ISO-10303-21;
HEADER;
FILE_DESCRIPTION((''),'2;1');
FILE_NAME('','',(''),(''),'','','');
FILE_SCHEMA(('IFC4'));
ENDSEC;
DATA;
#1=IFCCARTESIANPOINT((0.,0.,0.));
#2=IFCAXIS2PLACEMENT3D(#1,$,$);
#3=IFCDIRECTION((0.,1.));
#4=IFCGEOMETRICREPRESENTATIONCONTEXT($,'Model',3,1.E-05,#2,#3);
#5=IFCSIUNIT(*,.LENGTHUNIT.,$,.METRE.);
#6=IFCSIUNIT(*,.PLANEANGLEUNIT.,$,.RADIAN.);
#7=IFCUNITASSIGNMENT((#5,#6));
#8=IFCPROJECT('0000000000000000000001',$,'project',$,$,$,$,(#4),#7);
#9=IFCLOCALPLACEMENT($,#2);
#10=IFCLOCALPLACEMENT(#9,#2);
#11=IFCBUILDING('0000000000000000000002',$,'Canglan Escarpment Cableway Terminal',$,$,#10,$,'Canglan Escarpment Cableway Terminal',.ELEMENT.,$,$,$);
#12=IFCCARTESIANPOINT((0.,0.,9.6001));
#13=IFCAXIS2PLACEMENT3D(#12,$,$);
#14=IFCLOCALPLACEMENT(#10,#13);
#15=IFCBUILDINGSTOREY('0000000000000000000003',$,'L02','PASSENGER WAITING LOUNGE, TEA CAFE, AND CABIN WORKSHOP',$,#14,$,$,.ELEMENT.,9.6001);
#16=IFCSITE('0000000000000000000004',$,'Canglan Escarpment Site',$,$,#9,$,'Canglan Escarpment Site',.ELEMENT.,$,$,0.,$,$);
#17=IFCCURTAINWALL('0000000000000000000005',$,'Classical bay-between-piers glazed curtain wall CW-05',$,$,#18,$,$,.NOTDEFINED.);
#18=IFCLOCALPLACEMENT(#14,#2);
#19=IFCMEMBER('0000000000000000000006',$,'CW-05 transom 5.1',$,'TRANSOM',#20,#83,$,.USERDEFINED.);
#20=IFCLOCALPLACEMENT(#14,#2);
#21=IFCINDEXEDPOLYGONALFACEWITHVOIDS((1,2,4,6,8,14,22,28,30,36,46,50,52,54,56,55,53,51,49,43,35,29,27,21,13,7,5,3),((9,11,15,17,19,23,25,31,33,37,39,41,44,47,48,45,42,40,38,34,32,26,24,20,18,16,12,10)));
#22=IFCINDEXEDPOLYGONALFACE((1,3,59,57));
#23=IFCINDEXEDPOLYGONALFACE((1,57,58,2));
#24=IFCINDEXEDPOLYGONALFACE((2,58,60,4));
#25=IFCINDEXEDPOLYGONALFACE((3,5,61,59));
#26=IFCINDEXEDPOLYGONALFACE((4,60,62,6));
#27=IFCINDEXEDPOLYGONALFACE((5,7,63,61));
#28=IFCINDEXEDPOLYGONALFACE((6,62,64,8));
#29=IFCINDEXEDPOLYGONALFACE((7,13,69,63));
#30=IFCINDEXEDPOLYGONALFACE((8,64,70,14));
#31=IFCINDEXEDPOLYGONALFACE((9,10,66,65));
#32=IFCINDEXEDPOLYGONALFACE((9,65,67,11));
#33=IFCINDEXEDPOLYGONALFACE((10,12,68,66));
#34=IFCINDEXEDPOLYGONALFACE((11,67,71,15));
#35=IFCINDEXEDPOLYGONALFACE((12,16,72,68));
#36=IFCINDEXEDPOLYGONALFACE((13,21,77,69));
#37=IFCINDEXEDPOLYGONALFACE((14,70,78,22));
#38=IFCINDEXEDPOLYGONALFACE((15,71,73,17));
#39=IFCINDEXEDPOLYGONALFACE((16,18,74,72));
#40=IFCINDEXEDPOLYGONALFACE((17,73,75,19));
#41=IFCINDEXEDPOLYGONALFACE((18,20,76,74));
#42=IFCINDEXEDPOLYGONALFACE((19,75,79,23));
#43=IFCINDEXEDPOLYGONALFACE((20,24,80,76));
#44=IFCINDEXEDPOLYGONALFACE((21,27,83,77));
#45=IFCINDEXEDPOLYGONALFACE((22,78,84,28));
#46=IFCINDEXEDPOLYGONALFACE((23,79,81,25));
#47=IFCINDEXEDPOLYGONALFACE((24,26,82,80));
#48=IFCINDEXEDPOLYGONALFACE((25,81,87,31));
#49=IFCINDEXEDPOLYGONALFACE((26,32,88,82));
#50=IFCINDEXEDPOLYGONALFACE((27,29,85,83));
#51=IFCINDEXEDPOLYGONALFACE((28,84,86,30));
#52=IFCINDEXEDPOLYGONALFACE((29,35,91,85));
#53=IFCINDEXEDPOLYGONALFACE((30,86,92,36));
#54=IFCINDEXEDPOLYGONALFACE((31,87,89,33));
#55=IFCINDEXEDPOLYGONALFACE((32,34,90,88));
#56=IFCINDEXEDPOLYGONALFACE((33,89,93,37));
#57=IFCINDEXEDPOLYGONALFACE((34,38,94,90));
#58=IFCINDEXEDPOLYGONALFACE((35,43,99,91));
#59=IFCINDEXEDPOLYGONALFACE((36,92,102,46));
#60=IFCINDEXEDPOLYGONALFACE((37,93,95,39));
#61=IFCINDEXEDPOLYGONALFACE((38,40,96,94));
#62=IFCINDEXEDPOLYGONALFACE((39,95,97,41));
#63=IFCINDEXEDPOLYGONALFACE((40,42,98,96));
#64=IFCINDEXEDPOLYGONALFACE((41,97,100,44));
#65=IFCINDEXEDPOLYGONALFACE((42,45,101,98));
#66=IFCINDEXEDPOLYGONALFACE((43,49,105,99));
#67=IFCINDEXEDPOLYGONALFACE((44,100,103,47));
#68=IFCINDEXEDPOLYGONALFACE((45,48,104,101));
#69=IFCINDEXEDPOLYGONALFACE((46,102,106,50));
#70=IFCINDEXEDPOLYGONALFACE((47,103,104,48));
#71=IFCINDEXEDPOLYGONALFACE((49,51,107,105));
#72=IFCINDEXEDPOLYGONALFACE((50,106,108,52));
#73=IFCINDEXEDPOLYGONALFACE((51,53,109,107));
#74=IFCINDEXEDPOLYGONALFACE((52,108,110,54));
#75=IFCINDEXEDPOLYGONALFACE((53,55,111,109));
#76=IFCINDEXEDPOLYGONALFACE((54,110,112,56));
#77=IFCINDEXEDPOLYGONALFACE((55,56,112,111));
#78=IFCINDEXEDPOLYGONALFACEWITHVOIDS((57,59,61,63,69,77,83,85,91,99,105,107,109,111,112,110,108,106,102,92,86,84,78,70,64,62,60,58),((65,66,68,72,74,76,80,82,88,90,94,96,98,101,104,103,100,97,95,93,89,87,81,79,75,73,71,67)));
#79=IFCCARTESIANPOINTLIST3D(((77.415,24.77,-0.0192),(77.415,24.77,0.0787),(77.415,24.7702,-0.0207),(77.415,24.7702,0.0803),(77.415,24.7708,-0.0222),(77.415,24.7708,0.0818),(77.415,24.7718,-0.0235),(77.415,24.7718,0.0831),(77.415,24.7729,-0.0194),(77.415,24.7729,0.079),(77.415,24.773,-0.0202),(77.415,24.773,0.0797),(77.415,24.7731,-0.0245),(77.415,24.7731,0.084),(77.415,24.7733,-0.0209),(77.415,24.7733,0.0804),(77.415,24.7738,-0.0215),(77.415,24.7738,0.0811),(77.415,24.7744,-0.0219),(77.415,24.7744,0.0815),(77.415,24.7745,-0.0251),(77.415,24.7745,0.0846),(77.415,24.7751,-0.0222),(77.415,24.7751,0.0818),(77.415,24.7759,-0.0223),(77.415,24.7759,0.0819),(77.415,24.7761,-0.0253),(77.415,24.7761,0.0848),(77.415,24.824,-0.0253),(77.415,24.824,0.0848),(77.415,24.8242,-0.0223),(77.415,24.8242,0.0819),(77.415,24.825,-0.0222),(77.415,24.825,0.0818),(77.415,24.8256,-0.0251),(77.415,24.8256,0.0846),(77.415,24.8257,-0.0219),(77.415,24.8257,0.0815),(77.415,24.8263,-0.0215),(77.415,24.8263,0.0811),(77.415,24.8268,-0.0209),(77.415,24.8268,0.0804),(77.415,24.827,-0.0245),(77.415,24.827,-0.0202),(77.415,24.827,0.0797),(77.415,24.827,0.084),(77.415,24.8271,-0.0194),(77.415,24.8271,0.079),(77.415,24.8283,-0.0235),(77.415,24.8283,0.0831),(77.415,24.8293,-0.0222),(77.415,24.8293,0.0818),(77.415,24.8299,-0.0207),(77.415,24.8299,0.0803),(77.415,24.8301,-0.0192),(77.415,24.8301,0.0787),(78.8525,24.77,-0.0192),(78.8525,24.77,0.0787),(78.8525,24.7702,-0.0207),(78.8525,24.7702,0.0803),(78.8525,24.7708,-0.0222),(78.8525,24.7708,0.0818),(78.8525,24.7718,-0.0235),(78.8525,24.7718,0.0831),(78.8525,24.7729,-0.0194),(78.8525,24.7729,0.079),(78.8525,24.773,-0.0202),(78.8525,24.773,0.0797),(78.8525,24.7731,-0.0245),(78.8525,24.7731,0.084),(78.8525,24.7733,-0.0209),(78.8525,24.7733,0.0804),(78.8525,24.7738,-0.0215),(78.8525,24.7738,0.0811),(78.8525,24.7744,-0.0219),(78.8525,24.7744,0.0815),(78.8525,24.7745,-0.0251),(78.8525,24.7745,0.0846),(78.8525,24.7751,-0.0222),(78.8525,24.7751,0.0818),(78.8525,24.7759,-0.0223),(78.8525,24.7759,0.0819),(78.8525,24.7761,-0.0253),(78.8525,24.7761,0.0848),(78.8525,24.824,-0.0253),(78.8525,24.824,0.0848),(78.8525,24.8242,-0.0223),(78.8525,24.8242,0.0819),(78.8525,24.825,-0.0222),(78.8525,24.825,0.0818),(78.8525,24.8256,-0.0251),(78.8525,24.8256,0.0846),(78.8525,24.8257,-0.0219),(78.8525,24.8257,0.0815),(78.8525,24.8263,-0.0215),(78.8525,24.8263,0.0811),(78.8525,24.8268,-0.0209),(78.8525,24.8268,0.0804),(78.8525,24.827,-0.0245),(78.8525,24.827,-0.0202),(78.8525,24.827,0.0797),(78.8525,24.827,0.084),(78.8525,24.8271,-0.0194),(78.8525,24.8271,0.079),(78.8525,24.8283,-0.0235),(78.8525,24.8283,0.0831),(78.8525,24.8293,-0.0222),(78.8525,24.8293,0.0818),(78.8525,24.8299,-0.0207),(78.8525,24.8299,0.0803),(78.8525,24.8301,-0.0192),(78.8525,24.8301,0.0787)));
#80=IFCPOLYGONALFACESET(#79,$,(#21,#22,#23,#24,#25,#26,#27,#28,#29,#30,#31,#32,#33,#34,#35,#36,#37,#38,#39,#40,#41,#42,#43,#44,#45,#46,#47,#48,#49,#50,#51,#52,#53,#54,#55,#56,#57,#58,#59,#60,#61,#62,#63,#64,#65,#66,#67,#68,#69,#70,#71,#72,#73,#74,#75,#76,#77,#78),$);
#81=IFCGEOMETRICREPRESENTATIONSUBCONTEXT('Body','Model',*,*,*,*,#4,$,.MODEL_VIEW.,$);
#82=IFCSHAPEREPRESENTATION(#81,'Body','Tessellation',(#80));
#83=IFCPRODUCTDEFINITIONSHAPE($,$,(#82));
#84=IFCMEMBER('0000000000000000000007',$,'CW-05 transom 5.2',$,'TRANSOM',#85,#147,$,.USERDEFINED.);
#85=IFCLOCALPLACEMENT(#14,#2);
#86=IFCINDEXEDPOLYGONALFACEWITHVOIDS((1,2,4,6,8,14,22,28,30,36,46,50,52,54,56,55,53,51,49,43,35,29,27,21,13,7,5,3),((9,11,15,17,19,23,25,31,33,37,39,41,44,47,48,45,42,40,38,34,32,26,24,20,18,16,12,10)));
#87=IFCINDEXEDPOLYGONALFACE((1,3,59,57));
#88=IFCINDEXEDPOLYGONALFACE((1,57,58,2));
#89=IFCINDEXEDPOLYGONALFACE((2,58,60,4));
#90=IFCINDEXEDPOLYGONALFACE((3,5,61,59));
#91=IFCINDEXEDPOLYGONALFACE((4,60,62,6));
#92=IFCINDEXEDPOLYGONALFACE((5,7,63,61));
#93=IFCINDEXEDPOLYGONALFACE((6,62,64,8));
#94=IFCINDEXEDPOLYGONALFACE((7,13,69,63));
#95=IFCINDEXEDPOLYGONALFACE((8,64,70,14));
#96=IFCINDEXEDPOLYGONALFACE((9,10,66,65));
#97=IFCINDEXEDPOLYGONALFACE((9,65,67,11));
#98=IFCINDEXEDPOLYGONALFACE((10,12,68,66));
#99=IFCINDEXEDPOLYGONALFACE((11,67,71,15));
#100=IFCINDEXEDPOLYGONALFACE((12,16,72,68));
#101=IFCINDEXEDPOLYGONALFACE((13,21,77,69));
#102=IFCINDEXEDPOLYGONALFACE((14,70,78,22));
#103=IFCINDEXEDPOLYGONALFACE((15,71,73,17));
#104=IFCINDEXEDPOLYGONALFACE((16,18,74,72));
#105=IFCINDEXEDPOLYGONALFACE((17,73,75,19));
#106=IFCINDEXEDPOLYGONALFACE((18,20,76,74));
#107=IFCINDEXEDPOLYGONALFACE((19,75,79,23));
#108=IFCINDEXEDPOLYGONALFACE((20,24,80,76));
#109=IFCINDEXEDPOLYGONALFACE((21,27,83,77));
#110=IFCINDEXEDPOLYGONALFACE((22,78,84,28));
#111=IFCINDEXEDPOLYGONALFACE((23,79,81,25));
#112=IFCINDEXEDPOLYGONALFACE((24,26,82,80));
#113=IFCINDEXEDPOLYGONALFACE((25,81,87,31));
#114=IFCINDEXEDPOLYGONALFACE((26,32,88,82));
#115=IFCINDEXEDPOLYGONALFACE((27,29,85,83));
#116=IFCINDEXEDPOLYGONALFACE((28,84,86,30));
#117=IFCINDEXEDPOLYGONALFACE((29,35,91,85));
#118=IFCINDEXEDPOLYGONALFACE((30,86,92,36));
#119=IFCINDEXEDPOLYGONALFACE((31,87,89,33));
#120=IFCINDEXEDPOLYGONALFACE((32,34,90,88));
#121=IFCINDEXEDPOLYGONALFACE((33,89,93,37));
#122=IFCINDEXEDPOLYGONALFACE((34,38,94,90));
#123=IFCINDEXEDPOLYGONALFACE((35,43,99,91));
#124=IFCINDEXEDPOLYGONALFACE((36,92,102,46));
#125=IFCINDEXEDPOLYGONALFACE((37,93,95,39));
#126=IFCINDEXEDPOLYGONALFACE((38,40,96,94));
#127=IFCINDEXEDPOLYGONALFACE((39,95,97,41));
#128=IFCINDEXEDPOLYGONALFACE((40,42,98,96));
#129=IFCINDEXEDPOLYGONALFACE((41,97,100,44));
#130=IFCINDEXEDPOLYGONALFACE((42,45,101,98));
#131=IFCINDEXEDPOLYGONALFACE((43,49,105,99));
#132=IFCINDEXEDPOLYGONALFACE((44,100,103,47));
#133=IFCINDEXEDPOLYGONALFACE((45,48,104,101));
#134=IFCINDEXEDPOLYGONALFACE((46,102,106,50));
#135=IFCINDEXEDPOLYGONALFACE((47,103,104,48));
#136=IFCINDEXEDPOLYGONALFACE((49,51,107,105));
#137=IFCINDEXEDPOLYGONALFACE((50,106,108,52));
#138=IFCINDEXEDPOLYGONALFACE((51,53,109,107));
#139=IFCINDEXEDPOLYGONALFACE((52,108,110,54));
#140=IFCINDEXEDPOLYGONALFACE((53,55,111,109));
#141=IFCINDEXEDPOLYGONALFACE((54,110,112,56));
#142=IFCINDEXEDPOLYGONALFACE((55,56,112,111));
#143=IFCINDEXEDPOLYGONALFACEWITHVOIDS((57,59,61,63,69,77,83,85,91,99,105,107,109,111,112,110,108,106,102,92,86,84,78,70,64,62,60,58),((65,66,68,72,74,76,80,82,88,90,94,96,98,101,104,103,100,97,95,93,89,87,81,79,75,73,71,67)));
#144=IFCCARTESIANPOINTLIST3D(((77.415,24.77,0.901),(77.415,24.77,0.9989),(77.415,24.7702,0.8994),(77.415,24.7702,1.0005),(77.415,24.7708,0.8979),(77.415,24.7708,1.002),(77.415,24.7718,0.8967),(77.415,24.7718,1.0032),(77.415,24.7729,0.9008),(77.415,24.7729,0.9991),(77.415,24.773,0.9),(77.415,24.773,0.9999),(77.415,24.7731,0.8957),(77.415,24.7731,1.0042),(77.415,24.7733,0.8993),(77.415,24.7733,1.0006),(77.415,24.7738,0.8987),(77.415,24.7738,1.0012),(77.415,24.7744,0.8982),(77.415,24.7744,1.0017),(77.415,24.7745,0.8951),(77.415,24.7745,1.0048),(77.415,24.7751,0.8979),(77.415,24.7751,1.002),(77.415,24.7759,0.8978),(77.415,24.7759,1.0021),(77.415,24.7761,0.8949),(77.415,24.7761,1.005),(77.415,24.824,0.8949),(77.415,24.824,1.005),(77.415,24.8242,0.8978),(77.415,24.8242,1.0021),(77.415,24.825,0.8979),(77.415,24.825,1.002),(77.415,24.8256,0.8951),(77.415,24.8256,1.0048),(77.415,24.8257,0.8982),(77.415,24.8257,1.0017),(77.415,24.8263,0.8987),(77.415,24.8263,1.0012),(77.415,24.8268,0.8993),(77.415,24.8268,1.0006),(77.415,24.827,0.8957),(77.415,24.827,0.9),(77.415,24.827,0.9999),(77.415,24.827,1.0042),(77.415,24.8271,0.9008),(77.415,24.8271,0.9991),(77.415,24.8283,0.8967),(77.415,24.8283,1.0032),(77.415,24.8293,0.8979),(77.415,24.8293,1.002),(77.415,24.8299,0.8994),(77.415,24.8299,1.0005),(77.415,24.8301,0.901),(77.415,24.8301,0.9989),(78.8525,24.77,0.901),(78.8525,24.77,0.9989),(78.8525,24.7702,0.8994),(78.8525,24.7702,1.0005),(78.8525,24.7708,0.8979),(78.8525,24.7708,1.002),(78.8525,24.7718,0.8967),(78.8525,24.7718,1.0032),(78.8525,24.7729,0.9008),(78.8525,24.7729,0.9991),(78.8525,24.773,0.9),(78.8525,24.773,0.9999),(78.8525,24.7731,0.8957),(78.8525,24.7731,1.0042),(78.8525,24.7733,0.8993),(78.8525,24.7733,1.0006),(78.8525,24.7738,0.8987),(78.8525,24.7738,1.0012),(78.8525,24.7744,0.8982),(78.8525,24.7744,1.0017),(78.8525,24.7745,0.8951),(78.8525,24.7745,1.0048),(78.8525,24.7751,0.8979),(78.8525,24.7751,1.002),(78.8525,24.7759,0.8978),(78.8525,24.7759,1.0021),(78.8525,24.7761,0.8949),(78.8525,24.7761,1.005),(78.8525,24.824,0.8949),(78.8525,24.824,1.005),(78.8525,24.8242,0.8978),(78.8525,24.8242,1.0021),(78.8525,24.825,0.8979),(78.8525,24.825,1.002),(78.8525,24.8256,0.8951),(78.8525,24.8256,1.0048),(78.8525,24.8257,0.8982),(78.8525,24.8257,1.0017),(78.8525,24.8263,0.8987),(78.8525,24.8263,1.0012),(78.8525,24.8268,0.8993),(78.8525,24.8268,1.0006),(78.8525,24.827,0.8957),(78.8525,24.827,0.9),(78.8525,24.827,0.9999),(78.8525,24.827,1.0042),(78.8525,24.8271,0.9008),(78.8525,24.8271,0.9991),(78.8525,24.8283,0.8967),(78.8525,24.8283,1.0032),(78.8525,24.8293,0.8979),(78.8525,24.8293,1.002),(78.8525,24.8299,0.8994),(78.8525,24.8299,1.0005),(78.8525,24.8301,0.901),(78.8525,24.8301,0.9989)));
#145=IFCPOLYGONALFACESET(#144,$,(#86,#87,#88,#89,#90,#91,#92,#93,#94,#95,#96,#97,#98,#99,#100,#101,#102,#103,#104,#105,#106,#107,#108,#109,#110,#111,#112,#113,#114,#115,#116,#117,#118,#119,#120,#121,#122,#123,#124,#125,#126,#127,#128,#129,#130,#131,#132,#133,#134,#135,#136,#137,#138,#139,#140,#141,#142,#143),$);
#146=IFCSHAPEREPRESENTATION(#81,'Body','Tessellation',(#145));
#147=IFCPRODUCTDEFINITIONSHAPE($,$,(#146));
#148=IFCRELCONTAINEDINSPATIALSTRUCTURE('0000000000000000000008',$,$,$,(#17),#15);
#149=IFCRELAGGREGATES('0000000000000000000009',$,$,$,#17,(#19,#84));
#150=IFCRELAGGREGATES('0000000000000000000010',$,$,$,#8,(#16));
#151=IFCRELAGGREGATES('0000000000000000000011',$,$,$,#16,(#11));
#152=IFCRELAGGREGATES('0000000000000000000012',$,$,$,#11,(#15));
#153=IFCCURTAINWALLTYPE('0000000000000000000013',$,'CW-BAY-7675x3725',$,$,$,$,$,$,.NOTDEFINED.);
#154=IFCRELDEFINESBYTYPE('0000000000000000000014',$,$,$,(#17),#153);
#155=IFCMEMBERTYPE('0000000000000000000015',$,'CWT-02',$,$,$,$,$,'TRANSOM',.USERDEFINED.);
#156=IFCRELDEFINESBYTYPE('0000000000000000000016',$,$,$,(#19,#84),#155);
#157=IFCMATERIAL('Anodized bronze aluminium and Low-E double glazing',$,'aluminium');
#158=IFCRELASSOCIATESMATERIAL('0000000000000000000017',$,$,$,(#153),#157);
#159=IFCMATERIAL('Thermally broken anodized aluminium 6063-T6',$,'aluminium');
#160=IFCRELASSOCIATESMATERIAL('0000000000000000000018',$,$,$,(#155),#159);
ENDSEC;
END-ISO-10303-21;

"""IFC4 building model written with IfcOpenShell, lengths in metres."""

from ifc_helpers import new_model, si_unit, direction, frame, origin, origin_2d, place, context, subcontext, project, spatial, hollow_rectangle, extrude, material, material_profile, profile_set, type_object, element, aggregate, save


model = new_model("IFC4")

# Units and contexts
model_context = context("Model", 3, precision=1e-05, world=origin(), true_north=direction((0.0, 1.0)))
body_context = subcontext(model_context, "Body", "Model", "MODEL_VIEW")
ifc_project = project(units=[si_unit("LENGTHUNIT", "METRE"), si_unit("PLANEANGLEUNIT", "RADIAN")], contexts=[model_context])

# Site, building, storey
site_placement = place(None, origin())
site = spatial("IfcSite", under=ifc_project, at=site_placement, Name="Canglan Escarpment Site", LongName="Canglan Escarpment Site", CompositionType="ELEMENT", RefElevation=0.0)
building_placement = place(site_placement, origin())
building = spatial("IfcBuilding", under=site, at=building_placement, Name="Canglan Escarpment Cableway Terminal", LongName="Canglan Escarpment Cableway Terminal", CompositionType="ELEMENT")
storey_placement = place(building_placement, frame((0.0, 0.0, 9.6001)))
storey = spatial("IfcBuildingStorey", under=building, at=storey_placement, Name="L02", Description="PASSENGER WAITING LOUNGE, TEA CAFE, AND CABIN WORKSHOP", CompositionType="ELEMENT", Elevation=9.6001)

# Curtain wall, members
ifc_material_1 = material(Name="Anodized bronze aluminium and Low-E double glazing", Category="aluminium")
curtain_wall_type = type_object("IfcCurtainWallType", Name="CW-BAY-7675x3725", PredefinedType="NOTDEFINED", material=ifc_material_1)
curtain_wall_placement = place(storey_placement, origin())
curtain_wall = element("IfcCurtainWall", 1, at=curtain_wall_placement, inside=storey, type_object=curtain_wall_type, Name="Classical bay-between-piers glazed curtain wall CW-05", PredefinedType="NOTDEFINED")
ifc_material_2 = material(Name="Thermally broken anodized aluminium 6063-T6", Category="aluminium")
ifc_material_profile_1 = material_profile(ifc_material_2, hollow_rectangle(XDim=0.0601, YDim=0.1101, WallThickness=0.0029, InnerFilletRadius=0.0029, OuterFilletRadius=0.0061, at=origin_2d()), Name="ALU-TRAN 60x110x3")
ifc_profile_set_1 = profile_set([ifc_material_profile_1], Name="Thermally broken anodized aluminium 6063-T6")
member_type_1 = type_object("IfcMemberType", Name="CWT-02", ElementType="TRANSOM", PredefinedType="USERDEFINED", material=ifc_profile_set_1)
member_1_placement = place(storey_placement, frame((78.8525, 24.8, 0.0298), z_axis=(-1.0, 0.0, 0.0), x_axis=(0.0, -1.0, 0.0)))
member_1 = element("IfcMember", 2, at=member_1_placement, type_object=member_type_1, Name="CW-05 transom 5.1", ObjectType="TRANSOM", PredefinedType="USERDEFINED", context=body_context, shape_type="SweptSolid", body=[
    extrude(hollow_rectangle(XDim=0.0601, YDim=0.1101, WallThickness=0.0029, InnerFilletRadius=0.0029, OuterFilletRadius=0.0061, at=origin_2d()), origin(), (0.0, 0.0, 1.0), 1.4375),
])
member_2_placement = place(storey_placement, frame((78.8525, 24.8, 0.95), z_axis=(-1.0, 0.0, 0.0), x_axis=(0.0, -1.0, 0.0)))
member_2 = element("IfcMember", 3, at=member_2_placement, type_object=member_type_1, Name="CW-05 transom 5.2", ObjectType="TRANSOM", PredefinedType="USERDEFINED", context=body_context, shape_type="SweptSolid", body=[
    extrude(hollow_rectangle(XDim=0.0601, YDim=0.1101, WallThickness=0.0029, InnerFilletRadius=0.0029, OuterFilletRadius=0.0061, at=origin_2d()), origin(), (0.0, 0.0, 1.0), 1.4375),
])

aggregate(curtain_wall, [member_1, member_2])

save(model, "model.ifc")
